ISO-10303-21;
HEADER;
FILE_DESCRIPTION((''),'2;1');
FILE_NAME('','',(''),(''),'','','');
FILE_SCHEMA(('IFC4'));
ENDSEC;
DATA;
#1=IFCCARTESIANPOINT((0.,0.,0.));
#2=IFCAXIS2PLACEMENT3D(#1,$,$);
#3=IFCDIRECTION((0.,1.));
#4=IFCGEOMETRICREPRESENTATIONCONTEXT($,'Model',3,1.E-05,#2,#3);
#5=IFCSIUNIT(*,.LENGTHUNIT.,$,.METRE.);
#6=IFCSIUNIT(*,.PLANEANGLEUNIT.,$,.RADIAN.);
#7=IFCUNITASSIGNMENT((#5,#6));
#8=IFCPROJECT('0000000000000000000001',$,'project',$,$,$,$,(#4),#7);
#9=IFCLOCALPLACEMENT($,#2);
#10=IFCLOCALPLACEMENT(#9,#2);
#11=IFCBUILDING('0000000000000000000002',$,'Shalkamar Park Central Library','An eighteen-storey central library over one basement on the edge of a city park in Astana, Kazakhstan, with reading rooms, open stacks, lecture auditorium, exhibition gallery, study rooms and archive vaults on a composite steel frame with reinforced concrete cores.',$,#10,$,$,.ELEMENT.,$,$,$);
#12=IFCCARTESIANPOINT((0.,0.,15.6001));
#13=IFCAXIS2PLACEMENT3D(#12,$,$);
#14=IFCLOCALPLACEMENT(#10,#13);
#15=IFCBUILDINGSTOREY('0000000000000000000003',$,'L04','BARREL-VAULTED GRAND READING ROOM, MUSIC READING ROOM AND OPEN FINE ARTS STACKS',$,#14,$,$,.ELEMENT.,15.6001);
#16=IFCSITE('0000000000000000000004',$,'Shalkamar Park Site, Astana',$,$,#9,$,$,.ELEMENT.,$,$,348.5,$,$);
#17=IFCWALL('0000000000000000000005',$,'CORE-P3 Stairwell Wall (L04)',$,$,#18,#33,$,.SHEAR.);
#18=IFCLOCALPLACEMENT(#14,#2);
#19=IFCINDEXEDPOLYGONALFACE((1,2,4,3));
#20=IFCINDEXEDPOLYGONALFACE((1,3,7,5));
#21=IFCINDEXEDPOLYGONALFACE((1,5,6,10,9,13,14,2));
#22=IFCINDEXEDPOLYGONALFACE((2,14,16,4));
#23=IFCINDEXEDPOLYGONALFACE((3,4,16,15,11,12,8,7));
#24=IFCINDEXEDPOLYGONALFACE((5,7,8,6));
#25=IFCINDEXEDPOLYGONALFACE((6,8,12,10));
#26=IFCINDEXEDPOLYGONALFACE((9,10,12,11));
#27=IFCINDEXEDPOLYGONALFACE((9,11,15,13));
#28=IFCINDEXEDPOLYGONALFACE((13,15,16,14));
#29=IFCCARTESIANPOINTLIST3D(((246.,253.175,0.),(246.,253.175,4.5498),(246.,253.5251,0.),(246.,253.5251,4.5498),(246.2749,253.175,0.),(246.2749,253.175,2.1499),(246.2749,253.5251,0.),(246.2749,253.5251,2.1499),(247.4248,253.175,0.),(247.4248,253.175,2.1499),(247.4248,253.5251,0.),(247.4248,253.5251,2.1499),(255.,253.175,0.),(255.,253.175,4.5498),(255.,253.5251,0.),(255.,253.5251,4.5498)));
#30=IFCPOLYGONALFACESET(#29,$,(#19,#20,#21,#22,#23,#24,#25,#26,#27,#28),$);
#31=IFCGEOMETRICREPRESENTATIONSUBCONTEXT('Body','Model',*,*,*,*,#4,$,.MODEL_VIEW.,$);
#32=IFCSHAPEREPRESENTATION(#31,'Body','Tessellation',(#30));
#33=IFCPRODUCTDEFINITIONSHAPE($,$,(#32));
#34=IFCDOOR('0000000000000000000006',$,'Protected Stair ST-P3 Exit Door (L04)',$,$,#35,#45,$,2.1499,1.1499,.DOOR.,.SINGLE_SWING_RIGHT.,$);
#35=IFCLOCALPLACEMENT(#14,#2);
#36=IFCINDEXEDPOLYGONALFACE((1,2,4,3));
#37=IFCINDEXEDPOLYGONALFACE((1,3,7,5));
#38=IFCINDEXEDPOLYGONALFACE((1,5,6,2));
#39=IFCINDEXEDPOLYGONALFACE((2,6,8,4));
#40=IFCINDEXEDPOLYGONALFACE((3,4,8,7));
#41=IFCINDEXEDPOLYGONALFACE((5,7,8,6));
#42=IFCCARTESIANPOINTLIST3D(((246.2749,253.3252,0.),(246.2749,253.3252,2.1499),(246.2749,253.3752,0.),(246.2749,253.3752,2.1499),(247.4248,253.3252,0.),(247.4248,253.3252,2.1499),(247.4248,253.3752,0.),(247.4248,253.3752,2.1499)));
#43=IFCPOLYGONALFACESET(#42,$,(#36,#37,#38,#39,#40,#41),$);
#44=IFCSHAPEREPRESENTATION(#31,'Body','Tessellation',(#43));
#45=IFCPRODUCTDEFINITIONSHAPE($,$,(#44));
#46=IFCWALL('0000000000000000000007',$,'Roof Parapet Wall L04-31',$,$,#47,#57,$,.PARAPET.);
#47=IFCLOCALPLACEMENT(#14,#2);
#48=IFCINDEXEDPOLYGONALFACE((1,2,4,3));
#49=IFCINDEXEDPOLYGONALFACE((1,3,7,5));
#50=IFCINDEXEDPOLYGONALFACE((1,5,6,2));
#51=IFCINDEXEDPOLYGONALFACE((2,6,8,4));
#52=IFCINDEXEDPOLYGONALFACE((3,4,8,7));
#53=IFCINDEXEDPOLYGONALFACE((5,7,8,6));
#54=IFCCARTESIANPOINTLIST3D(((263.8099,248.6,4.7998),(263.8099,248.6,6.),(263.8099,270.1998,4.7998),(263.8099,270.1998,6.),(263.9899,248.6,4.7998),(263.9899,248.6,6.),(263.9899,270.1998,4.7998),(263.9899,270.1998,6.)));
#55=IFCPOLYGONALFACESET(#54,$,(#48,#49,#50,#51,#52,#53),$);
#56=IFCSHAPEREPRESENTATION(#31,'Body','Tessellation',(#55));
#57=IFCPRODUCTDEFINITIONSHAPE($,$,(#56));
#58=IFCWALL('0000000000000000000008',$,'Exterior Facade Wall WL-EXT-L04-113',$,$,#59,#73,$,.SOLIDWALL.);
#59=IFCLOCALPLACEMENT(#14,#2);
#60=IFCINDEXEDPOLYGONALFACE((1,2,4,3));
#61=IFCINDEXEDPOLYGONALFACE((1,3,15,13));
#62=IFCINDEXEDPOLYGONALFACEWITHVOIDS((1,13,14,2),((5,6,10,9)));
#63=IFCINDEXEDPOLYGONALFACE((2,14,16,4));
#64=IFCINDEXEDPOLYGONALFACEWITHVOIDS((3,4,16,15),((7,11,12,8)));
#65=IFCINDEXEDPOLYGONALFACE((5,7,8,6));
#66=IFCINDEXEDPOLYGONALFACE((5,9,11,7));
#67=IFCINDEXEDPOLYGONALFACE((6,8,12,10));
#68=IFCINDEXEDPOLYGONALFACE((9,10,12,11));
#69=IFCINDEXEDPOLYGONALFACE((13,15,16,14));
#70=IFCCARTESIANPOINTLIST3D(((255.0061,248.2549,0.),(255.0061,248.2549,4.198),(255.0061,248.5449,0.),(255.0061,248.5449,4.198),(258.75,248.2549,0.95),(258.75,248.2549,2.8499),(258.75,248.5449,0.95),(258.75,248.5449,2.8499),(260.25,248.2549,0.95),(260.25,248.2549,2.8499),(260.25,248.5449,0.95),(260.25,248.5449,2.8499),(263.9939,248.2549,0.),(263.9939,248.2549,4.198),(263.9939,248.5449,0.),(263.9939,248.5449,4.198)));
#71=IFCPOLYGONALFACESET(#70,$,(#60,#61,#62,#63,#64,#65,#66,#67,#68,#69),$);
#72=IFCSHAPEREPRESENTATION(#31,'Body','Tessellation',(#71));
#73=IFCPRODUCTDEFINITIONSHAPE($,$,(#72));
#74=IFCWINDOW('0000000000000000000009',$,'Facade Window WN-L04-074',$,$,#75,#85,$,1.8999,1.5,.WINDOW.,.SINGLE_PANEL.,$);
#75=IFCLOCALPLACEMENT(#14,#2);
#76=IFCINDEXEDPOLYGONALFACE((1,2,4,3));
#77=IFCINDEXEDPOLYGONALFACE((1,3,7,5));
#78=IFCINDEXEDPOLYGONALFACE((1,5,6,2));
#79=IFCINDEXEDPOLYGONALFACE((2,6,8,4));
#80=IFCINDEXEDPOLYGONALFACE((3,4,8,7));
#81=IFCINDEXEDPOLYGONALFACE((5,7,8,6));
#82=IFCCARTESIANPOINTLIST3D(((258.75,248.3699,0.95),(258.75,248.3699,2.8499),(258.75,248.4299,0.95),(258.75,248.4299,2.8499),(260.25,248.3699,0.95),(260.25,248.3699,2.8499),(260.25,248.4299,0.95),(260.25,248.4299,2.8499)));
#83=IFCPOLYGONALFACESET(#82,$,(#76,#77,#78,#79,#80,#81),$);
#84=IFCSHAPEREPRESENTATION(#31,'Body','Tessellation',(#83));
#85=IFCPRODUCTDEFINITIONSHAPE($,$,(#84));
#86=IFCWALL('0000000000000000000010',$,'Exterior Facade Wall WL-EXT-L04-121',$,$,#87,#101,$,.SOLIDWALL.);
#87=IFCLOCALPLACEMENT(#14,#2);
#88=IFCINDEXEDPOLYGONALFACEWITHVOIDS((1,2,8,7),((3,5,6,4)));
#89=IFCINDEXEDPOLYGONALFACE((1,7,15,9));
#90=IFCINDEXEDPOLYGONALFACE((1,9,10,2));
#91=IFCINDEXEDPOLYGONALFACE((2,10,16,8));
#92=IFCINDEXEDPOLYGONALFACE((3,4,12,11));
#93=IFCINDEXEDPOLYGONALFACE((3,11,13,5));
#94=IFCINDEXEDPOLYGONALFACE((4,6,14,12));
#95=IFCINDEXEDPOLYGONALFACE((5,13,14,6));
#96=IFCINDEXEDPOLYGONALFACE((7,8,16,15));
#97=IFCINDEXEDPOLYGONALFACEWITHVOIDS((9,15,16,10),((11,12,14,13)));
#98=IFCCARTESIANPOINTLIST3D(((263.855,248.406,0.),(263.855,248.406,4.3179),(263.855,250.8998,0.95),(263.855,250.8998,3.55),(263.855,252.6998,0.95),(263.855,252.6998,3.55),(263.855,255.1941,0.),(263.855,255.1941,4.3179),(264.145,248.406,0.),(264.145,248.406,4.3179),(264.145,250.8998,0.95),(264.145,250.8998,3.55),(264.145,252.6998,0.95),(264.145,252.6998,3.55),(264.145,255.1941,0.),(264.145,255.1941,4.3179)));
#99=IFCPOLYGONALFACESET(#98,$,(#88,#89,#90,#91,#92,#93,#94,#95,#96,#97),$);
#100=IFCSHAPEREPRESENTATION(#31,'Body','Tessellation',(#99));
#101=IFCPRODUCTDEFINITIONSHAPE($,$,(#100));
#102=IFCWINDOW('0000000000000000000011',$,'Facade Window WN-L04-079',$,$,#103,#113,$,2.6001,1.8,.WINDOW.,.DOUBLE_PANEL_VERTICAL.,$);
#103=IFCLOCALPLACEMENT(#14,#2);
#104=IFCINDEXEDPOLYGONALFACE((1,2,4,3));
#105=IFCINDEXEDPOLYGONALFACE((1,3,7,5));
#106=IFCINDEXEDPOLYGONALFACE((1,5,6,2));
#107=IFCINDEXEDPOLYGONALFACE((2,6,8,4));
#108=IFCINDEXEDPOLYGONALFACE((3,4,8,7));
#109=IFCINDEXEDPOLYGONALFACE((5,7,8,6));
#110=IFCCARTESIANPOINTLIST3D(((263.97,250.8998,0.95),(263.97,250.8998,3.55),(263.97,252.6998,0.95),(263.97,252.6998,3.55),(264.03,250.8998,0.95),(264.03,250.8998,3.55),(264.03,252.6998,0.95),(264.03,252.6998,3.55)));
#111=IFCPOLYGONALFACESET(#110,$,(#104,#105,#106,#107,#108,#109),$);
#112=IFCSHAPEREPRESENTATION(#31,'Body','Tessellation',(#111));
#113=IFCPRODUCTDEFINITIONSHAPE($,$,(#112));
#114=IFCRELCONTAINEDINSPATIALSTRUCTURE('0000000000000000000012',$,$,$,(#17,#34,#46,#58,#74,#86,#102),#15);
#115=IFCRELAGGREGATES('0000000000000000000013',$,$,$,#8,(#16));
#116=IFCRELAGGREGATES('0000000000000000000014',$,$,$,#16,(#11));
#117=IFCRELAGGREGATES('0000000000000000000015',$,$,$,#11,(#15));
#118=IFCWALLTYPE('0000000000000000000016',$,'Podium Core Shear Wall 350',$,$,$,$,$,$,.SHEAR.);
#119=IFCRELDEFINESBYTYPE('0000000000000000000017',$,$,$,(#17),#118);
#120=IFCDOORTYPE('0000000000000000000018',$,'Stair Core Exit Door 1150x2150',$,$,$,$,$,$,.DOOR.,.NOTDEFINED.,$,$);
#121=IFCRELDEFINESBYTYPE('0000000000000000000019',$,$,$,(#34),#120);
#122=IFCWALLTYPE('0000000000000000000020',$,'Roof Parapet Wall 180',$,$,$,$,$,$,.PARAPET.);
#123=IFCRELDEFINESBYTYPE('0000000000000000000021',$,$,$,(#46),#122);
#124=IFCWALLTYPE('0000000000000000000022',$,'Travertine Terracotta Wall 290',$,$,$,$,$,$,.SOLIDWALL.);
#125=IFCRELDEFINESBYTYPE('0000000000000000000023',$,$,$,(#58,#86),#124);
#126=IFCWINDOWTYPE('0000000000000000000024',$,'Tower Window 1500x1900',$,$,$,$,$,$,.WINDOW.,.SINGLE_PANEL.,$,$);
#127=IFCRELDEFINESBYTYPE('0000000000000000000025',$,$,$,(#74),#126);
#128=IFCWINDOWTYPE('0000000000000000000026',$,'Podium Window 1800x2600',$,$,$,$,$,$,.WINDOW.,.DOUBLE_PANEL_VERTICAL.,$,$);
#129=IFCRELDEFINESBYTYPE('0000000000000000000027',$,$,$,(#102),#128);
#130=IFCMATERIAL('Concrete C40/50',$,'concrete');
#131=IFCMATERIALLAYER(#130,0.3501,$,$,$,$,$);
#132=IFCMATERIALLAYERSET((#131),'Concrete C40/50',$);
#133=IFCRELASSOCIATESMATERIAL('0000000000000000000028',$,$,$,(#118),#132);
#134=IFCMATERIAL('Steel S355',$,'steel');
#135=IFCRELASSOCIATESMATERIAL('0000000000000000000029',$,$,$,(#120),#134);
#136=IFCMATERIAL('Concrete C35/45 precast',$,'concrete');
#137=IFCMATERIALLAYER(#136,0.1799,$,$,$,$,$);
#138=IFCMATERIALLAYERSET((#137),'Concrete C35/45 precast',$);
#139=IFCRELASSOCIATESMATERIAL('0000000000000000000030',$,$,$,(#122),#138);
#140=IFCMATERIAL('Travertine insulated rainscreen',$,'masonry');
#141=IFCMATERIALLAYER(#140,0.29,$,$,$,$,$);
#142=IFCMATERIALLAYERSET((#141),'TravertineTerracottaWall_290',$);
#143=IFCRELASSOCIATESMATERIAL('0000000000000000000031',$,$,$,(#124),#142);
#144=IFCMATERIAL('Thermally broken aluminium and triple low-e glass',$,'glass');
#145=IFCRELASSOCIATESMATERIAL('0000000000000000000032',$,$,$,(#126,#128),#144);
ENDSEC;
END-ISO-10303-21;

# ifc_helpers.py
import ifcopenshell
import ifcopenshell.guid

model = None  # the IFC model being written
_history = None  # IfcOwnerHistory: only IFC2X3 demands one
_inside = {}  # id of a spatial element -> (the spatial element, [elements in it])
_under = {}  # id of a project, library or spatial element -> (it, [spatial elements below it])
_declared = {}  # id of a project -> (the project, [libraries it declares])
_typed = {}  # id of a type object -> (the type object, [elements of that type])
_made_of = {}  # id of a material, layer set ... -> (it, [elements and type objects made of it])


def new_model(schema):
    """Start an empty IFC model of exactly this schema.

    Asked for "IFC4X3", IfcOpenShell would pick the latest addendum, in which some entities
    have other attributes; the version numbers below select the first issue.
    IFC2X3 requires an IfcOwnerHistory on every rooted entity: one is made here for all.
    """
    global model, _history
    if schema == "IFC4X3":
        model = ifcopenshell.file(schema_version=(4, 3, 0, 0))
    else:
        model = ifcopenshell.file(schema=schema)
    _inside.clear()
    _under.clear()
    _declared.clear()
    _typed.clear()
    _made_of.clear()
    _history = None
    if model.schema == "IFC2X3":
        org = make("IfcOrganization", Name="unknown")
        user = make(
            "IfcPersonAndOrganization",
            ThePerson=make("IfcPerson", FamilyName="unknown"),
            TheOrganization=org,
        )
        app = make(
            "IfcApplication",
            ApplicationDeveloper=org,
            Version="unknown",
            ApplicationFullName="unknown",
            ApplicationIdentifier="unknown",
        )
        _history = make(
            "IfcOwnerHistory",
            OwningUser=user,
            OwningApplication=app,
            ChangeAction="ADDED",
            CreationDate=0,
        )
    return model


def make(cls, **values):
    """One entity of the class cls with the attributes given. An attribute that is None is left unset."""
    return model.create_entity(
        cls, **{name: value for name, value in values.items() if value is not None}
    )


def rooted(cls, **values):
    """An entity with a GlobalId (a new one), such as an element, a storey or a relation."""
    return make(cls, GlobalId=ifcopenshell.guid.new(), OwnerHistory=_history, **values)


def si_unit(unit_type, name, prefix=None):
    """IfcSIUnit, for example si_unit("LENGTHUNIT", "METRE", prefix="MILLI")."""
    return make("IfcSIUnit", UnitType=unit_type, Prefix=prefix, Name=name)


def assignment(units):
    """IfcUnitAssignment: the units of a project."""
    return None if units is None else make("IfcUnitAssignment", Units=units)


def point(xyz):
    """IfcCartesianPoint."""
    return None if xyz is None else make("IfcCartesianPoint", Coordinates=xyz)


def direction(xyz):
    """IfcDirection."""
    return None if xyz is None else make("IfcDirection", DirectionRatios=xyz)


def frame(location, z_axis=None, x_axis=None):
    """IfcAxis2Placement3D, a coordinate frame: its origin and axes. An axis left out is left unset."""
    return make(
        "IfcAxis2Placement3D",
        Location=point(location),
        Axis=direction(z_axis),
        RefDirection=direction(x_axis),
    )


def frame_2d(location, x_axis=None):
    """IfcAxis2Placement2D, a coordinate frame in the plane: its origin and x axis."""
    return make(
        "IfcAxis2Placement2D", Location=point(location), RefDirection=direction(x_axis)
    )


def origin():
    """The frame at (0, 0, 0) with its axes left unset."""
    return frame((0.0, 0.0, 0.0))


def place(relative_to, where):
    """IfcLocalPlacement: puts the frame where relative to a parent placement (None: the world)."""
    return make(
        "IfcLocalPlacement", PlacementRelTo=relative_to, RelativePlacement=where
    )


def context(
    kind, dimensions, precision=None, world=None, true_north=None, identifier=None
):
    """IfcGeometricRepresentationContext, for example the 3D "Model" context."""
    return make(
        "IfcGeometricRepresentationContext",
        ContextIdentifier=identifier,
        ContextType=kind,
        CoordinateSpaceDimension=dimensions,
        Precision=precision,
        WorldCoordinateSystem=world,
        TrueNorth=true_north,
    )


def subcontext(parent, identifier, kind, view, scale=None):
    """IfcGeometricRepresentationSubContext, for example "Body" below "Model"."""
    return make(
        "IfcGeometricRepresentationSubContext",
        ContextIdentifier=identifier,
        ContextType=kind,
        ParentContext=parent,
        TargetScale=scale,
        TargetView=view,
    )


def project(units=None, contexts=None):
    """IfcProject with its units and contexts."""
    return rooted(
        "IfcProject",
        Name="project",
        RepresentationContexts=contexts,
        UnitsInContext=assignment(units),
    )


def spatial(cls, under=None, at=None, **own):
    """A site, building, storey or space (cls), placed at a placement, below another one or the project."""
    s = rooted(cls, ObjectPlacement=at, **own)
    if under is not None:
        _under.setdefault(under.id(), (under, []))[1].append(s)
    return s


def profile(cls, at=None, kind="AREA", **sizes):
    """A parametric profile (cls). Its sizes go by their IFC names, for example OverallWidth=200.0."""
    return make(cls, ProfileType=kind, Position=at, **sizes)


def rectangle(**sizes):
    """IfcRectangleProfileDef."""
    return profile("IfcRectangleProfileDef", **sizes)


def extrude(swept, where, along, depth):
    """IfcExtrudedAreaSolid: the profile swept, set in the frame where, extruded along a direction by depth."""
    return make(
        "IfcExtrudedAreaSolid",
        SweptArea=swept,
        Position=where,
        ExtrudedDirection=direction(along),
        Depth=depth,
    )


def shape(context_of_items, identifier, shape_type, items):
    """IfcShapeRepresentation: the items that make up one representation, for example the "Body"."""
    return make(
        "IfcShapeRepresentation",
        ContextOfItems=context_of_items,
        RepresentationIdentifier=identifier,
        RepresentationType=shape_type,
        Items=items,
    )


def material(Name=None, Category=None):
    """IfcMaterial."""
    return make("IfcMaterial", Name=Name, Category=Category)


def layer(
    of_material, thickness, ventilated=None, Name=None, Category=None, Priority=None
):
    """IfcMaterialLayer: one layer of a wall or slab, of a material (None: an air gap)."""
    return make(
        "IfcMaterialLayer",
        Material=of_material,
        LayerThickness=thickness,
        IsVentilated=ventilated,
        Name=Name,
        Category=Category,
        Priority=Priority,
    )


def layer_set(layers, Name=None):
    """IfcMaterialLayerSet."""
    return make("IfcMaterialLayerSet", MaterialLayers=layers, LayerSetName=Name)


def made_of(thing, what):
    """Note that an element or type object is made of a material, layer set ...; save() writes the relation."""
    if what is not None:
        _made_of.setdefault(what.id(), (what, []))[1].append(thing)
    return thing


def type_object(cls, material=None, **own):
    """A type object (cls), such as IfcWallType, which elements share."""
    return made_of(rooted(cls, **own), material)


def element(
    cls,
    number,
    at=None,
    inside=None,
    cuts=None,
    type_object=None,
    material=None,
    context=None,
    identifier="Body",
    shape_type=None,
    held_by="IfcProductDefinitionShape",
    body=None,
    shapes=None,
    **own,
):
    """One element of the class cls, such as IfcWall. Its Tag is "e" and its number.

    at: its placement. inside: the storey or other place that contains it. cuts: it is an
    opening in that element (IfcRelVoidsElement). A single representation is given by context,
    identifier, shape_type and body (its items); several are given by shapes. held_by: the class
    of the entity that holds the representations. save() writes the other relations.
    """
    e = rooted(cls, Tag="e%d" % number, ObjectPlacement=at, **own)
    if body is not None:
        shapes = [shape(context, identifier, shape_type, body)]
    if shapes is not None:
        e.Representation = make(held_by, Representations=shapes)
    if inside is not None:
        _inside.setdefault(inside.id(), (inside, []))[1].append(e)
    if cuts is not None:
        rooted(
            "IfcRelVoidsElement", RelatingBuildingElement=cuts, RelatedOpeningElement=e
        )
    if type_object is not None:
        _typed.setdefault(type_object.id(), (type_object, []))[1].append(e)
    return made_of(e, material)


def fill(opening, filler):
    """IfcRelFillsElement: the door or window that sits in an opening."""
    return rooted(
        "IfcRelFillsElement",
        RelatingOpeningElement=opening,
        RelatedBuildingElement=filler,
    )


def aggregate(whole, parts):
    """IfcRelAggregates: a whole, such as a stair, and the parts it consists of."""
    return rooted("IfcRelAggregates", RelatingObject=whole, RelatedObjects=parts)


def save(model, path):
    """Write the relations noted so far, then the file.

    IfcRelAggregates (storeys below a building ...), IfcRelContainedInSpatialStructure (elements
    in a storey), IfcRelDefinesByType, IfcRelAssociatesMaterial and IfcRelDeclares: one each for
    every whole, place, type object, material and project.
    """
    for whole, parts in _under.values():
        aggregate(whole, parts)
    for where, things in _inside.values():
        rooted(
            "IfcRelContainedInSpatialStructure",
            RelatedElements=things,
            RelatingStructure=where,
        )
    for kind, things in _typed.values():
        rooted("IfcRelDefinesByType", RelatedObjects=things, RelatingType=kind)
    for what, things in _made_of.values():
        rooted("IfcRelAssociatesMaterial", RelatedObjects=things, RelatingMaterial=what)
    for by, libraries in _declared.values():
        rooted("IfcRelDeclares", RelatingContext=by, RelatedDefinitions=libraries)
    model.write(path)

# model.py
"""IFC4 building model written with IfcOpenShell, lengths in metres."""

from ifc_helpers import new_model, si_unit, direction, frame, frame_2d, origin, place, context, subcontext, project, spatial, rectangle, extrude, material, layer, layer_set, type_object, element, fill, save


model = new_model("IFC4")

# Units and contexts
model_context = context("Model", 3, precision=1e-05, world=origin(), true_north=direction((0.0, 1.0)))
body_context = subcontext(model_context, "Body", "Model", "MODEL_VIEW")
ifc_project = project(units=[si_unit("LENGTHUNIT", "METRE"), si_unit("PLANEANGLEUNIT", "RADIAN")], contexts=[model_context])

# Site, building, storey
site_placement = place(None, origin())
site = spatial("IfcSite", under=ifc_project, at=site_placement, Name="Shalkamar Park Site, Astana", CompositionType="ELEMENT", RefElevation=348.5)
building_placement = place(site_placement, origin())
building = spatial("IfcBuilding", under=site, at=building_placement, Name="Shalkamar Park Central Library", Description="An eighteen-storey central library over one basement on the edge of a city park in Astana, Kazakhstan, with reading rooms, open stacks, lecture auditorium, exhibition gallery, study rooms and archive vaults on a composite steel frame with reinforced concrete cores.", CompositionType="ELEMENT")
storey_placement = place(building_placement, frame((0.0, 0.0, 15.6001)))
storey = spatial("IfcBuildingStorey", under=building, at=storey_placement, Name="L04", Description="BARREL-VAULTED GRAND READING ROOM, MUSIC READING ROOM AND OPEN FINE ARTS STACKS", CompositionType="ELEMENT", Elevation=15.6001)

# Shared definitions
ifc_material_1 = material(Name="Concrete C40/50", Category="concrete")
ifc_material_2 = material(Name="Steel S355", Category="steel")

# Shared definitions
ifc_layer_1 = layer(ifc_material_1, 0.3501)
ifc_layer_set_1 = layer_set([ifc_layer_1], Name="Concrete C40/50")
wall_type_1 = type_object("IfcWallType", Name="Podium Core Shear Wall 350", PredefinedType="SHEAR", material=ifc_layer_set_1)

# Wall, opening, door
wall_1_placement = place(storey_placement, frame((246.0, 253.3501, 0.0), z_axis=(0.0, 0.0, 1.0), x_axis=(1.0, 0.0, 0.0)))
wall_1 = element("IfcWall", 1, at=wall_1_placement, inside=storey, type_object=wall_type_1, Name="CORE-P3 Stairwell Wall (L04)", PredefinedType="SHEAR", context=body_context, shape_type="SweptSolid", body=[
    extrude(rectangle(XDim=9.0, YDim=0.3501, at=frame_2d((4.5, 0.0))), origin(), (0.0, 0.0, 1.0), 4.5498),
])
opening_1_placement = place(wall_1_placement, frame((0.2749, 0.0, 0.0)))
opening_1 = element("IfcOpeningElement", 2, at=opening_1_placement, cuts=wall_1, PredefinedType="OPENING", context=body_context, shape_type="SweptSolid", body=[
    extrude(rectangle(XDim=1.1499, YDim=2.1499, at=frame_2d((0.575, 1.075))), frame((0.0, 0.1899, 0.0), z_axis=(0.0, -1.0, 0.0), x_axis=(1.0, 0.0, 0.0)), (0.0, 0.0, 1.0), 0.3799),
])
door_type = type_object("IfcDoorType", Name="Stair Core Exit Door 1150x2150", OperationType="NOTDEFINED", PredefinedType="DOOR", material=ifc_material_2)
door_placement = place(opening_1_placement, frame((1.1499, 0.0, 0.0), z_axis=(0.0, 0.0, 1.0), x_axis=(-1.0, 0.0, 0.0)))
door = element("IfcDoor", 3, at=door_placement, inside=storey, type_object=door_type, Name="Protected Stair ST-P3 Exit Door (L04)", OperationType="SINGLE_SWING_RIGHT", OverallHeight=2.1499, OverallWidth=1.1499, PredefinedType="DOOR", context=body_context, shape_type="SweptSolid", body=[
    extrude(rectangle(XDim=1.1499, YDim=2.1499, at=frame_2d((0.575, 1.075))), frame((0.0, 0.0249, 0.0), z_axis=(0.0, -1.0, 0.0), x_axis=(1.0, 0.0, 0.0)), (0.0, 0.0, 1.0), 0.05),
])
fill(opening_1, door)

# Wall
ifc_material_3 = material(Name="Concrete C35/45 precast", Category="concrete")
ifc_layer_2 = layer(ifc_material_3, 0.1799)
ifc_layer_set_2 = layer_set([ifc_layer_2], Name="Concrete C35/45 precast")
wall_type_2 = type_object("IfcWallType", Name="Roof Parapet Wall 180", PredefinedType="PARAPET", material=ifc_layer_set_2)
wall_2_placement = place(storey_placement, frame((263.8999, 248.6001, 4.7998), z_axis=(0.0, 0.0, 1.0), x_axis=(0.0, 1.0, 0.0)))
element("IfcWall", 4, at=wall_2_placement, inside=storey, type_object=wall_type_2, Name="Roof Parapet Wall L04-31", PredefinedType="PARAPET", context=body_context, shape_type="SweptSolid", body=[
    extrude(rectangle(XDim=21.5999, YDim=0.1799, at=frame_2d((10.7998, 0.0))), origin(), (0.0, 0.0, 1.0), 1.2002),
])

# Walls, openings, windows
ifc_material_4 = material(Name="Travertine insulated rainscreen", Category="masonry")
ifc_layer_3 = layer(ifc_material_4, 0.29)
ifc_layer_set_3 = layer_set([ifc_layer_3], Name="TravertineTerracottaWall_290")
wall_type_3 = type_object("IfcWallType", Name="Travertine Terracotta Wall 290", PredefinedType="SOLIDWALL", material=ifc_layer_set_3)
wall_3_placement = place(storey_placement, frame((255.0061, 248.3999, 0.0), z_axis=(0.0, 0.0, 1.0), x_axis=(1.0, 0.0, 0.0)))
wall_3 = element("IfcWall", 5, at=wall_3_placement, inside=storey, type_object=wall_type_3, Name="Exterior Facade Wall WL-EXT-L04-113", PredefinedType="SOLIDWALL", context=body_context, shape_type="SweptSolid", body=[
    extrude(rectangle(XDim=8.9878, YDim=0.29, at=frame_2d((4.4939, 0.0))), origin(), (0.0, 0.0, 1.0), 4.198),
])
opening_2_placement = place(wall_3_placement, frame((3.7439, 0.0, 0.95)))
opening_2 = element("IfcOpeningElement", 6, at=opening_2_placement, cuts=wall_3, PredefinedType="OPENING", context=body_context, shape_type="SweptSolid", body=[
    extrude(rectangle(XDim=1.5, YDim=1.8999, at=frame_2d((0.75, 0.95))), frame((0.0, 0.1599, 0.0), z_axis=(0.0, -1.0, 0.0), x_axis=(1.0, 0.0, 0.0)), (0.0, 0.0, 1.0), 0.3198),
])
ifc_material_5 = material(Name="Thermally broken aluminium and triple low-e glass", Category="glass")
window_type_1 = type_object("IfcWindowType", Name="Tower Window 1500x1900", PartitioningType="SINGLE_PANEL", PredefinedType="WINDOW", material=ifc_material_5)
window_1_placement = place(opening_2_placement, origin())
window_1 = element("IfcWindow", 7, at=window_1_placement, inside=storey, type_object=window_type_1, Name="Facade Window WN-L04-074", OverallHeight=1.8999, OverallWidth=1.5, PartitioningType="SINGLE_PANEL", PredefinedType="WINDOW", context=body_context, shape_type="SweptSolid", body=[
    extrude(rectangle(XDim=1.5, YDim=1.8999, at=frame_2d((0.75, 0.95))), frame((0.0, 0.03, 0.0), z_axis=(0.0, -1.0, 0.0), x_axis=(1.0, 0.0, 0.0)), (0.0, 0.0, 1.0), 0.0601),
])
fill(opening_2, window_1)
wall_4_placement = place(storey_placement, frame((264.0, 248.406, 0.0), z_axis=(0.0, 0.0, 1.0), x_axis=(0.0, 1.0, 0.0)))
wall_4 = element("IfcWall", 8, at=wall_4_placement, inside=storey, type_object=wall_type_3, Name="Exterior Facade Wall WL-EXT-L04-121", PredefinedType="SOLIDWALL", context=body_context, shape_type="SweptSolid", body=[
    extrude(rectangle(XDim=6.7881, YDim=0.29, at=frame_2d((3.394, 0.0))), origin(), (0.0, 0.0, 1.0), 4.3179),
])
opening_3_placement = place(wall_4_placement, frame((2.4939, 0.0, 0.95)))
opening_3 = element("IfcOpeningElement", 9, at=opening_3_placement, cuts=wall_4, PredefinedType="OPENING", context=body_context, shape_type="SweptSolid", body=[
    extrude(rectangle(XDim=1.8, YDim=2.6001, at=frame_2d((0.8999, 1.3))), frame((0.0, 0.1599, 0.0), z_axis=(0.0, -1.0, 0.0), x_axis=(1.0, 0.0, 0.0)), (0.0, 0.0, 1.0), 0.3198),
])
window_type_2 = type_object("IfcWindowType", Name="Podium Window 1800x2600", PartitioningType="DOUBLE_PANEL_VERTICAL", PredefinedType="WINDOW", material=ifc_material_5)
window_2_placement = place(opening_3_placement, origin())
window_2 = element("IfcWindow", 10, at=window_2_placement, inside=storey, type_object=window_type_2, Name="Facade Window WN-L04-079", OverallHeight=2.6001, OverallWidth=1.8, PartitioningType="DOUBLE_PANEL_VERTICAL", PredefinedType="WINDOW", context=body_context, shape_type="SweptSolid", body=[
    extrude(rectangle(XDim=1.8, YDim=2.6001, at=frame_2d((0.8999, 1.3))), frame((0.0, 0.03, 0.0), z_axis=(0.0, -1.0, 0.0), x_axis=(1.0, 0.0, 0.0)), (0.0, 0.0, 1.0), 0.0601),
])
fill(opening_3, window_2)

save(model, "model.ifc")
